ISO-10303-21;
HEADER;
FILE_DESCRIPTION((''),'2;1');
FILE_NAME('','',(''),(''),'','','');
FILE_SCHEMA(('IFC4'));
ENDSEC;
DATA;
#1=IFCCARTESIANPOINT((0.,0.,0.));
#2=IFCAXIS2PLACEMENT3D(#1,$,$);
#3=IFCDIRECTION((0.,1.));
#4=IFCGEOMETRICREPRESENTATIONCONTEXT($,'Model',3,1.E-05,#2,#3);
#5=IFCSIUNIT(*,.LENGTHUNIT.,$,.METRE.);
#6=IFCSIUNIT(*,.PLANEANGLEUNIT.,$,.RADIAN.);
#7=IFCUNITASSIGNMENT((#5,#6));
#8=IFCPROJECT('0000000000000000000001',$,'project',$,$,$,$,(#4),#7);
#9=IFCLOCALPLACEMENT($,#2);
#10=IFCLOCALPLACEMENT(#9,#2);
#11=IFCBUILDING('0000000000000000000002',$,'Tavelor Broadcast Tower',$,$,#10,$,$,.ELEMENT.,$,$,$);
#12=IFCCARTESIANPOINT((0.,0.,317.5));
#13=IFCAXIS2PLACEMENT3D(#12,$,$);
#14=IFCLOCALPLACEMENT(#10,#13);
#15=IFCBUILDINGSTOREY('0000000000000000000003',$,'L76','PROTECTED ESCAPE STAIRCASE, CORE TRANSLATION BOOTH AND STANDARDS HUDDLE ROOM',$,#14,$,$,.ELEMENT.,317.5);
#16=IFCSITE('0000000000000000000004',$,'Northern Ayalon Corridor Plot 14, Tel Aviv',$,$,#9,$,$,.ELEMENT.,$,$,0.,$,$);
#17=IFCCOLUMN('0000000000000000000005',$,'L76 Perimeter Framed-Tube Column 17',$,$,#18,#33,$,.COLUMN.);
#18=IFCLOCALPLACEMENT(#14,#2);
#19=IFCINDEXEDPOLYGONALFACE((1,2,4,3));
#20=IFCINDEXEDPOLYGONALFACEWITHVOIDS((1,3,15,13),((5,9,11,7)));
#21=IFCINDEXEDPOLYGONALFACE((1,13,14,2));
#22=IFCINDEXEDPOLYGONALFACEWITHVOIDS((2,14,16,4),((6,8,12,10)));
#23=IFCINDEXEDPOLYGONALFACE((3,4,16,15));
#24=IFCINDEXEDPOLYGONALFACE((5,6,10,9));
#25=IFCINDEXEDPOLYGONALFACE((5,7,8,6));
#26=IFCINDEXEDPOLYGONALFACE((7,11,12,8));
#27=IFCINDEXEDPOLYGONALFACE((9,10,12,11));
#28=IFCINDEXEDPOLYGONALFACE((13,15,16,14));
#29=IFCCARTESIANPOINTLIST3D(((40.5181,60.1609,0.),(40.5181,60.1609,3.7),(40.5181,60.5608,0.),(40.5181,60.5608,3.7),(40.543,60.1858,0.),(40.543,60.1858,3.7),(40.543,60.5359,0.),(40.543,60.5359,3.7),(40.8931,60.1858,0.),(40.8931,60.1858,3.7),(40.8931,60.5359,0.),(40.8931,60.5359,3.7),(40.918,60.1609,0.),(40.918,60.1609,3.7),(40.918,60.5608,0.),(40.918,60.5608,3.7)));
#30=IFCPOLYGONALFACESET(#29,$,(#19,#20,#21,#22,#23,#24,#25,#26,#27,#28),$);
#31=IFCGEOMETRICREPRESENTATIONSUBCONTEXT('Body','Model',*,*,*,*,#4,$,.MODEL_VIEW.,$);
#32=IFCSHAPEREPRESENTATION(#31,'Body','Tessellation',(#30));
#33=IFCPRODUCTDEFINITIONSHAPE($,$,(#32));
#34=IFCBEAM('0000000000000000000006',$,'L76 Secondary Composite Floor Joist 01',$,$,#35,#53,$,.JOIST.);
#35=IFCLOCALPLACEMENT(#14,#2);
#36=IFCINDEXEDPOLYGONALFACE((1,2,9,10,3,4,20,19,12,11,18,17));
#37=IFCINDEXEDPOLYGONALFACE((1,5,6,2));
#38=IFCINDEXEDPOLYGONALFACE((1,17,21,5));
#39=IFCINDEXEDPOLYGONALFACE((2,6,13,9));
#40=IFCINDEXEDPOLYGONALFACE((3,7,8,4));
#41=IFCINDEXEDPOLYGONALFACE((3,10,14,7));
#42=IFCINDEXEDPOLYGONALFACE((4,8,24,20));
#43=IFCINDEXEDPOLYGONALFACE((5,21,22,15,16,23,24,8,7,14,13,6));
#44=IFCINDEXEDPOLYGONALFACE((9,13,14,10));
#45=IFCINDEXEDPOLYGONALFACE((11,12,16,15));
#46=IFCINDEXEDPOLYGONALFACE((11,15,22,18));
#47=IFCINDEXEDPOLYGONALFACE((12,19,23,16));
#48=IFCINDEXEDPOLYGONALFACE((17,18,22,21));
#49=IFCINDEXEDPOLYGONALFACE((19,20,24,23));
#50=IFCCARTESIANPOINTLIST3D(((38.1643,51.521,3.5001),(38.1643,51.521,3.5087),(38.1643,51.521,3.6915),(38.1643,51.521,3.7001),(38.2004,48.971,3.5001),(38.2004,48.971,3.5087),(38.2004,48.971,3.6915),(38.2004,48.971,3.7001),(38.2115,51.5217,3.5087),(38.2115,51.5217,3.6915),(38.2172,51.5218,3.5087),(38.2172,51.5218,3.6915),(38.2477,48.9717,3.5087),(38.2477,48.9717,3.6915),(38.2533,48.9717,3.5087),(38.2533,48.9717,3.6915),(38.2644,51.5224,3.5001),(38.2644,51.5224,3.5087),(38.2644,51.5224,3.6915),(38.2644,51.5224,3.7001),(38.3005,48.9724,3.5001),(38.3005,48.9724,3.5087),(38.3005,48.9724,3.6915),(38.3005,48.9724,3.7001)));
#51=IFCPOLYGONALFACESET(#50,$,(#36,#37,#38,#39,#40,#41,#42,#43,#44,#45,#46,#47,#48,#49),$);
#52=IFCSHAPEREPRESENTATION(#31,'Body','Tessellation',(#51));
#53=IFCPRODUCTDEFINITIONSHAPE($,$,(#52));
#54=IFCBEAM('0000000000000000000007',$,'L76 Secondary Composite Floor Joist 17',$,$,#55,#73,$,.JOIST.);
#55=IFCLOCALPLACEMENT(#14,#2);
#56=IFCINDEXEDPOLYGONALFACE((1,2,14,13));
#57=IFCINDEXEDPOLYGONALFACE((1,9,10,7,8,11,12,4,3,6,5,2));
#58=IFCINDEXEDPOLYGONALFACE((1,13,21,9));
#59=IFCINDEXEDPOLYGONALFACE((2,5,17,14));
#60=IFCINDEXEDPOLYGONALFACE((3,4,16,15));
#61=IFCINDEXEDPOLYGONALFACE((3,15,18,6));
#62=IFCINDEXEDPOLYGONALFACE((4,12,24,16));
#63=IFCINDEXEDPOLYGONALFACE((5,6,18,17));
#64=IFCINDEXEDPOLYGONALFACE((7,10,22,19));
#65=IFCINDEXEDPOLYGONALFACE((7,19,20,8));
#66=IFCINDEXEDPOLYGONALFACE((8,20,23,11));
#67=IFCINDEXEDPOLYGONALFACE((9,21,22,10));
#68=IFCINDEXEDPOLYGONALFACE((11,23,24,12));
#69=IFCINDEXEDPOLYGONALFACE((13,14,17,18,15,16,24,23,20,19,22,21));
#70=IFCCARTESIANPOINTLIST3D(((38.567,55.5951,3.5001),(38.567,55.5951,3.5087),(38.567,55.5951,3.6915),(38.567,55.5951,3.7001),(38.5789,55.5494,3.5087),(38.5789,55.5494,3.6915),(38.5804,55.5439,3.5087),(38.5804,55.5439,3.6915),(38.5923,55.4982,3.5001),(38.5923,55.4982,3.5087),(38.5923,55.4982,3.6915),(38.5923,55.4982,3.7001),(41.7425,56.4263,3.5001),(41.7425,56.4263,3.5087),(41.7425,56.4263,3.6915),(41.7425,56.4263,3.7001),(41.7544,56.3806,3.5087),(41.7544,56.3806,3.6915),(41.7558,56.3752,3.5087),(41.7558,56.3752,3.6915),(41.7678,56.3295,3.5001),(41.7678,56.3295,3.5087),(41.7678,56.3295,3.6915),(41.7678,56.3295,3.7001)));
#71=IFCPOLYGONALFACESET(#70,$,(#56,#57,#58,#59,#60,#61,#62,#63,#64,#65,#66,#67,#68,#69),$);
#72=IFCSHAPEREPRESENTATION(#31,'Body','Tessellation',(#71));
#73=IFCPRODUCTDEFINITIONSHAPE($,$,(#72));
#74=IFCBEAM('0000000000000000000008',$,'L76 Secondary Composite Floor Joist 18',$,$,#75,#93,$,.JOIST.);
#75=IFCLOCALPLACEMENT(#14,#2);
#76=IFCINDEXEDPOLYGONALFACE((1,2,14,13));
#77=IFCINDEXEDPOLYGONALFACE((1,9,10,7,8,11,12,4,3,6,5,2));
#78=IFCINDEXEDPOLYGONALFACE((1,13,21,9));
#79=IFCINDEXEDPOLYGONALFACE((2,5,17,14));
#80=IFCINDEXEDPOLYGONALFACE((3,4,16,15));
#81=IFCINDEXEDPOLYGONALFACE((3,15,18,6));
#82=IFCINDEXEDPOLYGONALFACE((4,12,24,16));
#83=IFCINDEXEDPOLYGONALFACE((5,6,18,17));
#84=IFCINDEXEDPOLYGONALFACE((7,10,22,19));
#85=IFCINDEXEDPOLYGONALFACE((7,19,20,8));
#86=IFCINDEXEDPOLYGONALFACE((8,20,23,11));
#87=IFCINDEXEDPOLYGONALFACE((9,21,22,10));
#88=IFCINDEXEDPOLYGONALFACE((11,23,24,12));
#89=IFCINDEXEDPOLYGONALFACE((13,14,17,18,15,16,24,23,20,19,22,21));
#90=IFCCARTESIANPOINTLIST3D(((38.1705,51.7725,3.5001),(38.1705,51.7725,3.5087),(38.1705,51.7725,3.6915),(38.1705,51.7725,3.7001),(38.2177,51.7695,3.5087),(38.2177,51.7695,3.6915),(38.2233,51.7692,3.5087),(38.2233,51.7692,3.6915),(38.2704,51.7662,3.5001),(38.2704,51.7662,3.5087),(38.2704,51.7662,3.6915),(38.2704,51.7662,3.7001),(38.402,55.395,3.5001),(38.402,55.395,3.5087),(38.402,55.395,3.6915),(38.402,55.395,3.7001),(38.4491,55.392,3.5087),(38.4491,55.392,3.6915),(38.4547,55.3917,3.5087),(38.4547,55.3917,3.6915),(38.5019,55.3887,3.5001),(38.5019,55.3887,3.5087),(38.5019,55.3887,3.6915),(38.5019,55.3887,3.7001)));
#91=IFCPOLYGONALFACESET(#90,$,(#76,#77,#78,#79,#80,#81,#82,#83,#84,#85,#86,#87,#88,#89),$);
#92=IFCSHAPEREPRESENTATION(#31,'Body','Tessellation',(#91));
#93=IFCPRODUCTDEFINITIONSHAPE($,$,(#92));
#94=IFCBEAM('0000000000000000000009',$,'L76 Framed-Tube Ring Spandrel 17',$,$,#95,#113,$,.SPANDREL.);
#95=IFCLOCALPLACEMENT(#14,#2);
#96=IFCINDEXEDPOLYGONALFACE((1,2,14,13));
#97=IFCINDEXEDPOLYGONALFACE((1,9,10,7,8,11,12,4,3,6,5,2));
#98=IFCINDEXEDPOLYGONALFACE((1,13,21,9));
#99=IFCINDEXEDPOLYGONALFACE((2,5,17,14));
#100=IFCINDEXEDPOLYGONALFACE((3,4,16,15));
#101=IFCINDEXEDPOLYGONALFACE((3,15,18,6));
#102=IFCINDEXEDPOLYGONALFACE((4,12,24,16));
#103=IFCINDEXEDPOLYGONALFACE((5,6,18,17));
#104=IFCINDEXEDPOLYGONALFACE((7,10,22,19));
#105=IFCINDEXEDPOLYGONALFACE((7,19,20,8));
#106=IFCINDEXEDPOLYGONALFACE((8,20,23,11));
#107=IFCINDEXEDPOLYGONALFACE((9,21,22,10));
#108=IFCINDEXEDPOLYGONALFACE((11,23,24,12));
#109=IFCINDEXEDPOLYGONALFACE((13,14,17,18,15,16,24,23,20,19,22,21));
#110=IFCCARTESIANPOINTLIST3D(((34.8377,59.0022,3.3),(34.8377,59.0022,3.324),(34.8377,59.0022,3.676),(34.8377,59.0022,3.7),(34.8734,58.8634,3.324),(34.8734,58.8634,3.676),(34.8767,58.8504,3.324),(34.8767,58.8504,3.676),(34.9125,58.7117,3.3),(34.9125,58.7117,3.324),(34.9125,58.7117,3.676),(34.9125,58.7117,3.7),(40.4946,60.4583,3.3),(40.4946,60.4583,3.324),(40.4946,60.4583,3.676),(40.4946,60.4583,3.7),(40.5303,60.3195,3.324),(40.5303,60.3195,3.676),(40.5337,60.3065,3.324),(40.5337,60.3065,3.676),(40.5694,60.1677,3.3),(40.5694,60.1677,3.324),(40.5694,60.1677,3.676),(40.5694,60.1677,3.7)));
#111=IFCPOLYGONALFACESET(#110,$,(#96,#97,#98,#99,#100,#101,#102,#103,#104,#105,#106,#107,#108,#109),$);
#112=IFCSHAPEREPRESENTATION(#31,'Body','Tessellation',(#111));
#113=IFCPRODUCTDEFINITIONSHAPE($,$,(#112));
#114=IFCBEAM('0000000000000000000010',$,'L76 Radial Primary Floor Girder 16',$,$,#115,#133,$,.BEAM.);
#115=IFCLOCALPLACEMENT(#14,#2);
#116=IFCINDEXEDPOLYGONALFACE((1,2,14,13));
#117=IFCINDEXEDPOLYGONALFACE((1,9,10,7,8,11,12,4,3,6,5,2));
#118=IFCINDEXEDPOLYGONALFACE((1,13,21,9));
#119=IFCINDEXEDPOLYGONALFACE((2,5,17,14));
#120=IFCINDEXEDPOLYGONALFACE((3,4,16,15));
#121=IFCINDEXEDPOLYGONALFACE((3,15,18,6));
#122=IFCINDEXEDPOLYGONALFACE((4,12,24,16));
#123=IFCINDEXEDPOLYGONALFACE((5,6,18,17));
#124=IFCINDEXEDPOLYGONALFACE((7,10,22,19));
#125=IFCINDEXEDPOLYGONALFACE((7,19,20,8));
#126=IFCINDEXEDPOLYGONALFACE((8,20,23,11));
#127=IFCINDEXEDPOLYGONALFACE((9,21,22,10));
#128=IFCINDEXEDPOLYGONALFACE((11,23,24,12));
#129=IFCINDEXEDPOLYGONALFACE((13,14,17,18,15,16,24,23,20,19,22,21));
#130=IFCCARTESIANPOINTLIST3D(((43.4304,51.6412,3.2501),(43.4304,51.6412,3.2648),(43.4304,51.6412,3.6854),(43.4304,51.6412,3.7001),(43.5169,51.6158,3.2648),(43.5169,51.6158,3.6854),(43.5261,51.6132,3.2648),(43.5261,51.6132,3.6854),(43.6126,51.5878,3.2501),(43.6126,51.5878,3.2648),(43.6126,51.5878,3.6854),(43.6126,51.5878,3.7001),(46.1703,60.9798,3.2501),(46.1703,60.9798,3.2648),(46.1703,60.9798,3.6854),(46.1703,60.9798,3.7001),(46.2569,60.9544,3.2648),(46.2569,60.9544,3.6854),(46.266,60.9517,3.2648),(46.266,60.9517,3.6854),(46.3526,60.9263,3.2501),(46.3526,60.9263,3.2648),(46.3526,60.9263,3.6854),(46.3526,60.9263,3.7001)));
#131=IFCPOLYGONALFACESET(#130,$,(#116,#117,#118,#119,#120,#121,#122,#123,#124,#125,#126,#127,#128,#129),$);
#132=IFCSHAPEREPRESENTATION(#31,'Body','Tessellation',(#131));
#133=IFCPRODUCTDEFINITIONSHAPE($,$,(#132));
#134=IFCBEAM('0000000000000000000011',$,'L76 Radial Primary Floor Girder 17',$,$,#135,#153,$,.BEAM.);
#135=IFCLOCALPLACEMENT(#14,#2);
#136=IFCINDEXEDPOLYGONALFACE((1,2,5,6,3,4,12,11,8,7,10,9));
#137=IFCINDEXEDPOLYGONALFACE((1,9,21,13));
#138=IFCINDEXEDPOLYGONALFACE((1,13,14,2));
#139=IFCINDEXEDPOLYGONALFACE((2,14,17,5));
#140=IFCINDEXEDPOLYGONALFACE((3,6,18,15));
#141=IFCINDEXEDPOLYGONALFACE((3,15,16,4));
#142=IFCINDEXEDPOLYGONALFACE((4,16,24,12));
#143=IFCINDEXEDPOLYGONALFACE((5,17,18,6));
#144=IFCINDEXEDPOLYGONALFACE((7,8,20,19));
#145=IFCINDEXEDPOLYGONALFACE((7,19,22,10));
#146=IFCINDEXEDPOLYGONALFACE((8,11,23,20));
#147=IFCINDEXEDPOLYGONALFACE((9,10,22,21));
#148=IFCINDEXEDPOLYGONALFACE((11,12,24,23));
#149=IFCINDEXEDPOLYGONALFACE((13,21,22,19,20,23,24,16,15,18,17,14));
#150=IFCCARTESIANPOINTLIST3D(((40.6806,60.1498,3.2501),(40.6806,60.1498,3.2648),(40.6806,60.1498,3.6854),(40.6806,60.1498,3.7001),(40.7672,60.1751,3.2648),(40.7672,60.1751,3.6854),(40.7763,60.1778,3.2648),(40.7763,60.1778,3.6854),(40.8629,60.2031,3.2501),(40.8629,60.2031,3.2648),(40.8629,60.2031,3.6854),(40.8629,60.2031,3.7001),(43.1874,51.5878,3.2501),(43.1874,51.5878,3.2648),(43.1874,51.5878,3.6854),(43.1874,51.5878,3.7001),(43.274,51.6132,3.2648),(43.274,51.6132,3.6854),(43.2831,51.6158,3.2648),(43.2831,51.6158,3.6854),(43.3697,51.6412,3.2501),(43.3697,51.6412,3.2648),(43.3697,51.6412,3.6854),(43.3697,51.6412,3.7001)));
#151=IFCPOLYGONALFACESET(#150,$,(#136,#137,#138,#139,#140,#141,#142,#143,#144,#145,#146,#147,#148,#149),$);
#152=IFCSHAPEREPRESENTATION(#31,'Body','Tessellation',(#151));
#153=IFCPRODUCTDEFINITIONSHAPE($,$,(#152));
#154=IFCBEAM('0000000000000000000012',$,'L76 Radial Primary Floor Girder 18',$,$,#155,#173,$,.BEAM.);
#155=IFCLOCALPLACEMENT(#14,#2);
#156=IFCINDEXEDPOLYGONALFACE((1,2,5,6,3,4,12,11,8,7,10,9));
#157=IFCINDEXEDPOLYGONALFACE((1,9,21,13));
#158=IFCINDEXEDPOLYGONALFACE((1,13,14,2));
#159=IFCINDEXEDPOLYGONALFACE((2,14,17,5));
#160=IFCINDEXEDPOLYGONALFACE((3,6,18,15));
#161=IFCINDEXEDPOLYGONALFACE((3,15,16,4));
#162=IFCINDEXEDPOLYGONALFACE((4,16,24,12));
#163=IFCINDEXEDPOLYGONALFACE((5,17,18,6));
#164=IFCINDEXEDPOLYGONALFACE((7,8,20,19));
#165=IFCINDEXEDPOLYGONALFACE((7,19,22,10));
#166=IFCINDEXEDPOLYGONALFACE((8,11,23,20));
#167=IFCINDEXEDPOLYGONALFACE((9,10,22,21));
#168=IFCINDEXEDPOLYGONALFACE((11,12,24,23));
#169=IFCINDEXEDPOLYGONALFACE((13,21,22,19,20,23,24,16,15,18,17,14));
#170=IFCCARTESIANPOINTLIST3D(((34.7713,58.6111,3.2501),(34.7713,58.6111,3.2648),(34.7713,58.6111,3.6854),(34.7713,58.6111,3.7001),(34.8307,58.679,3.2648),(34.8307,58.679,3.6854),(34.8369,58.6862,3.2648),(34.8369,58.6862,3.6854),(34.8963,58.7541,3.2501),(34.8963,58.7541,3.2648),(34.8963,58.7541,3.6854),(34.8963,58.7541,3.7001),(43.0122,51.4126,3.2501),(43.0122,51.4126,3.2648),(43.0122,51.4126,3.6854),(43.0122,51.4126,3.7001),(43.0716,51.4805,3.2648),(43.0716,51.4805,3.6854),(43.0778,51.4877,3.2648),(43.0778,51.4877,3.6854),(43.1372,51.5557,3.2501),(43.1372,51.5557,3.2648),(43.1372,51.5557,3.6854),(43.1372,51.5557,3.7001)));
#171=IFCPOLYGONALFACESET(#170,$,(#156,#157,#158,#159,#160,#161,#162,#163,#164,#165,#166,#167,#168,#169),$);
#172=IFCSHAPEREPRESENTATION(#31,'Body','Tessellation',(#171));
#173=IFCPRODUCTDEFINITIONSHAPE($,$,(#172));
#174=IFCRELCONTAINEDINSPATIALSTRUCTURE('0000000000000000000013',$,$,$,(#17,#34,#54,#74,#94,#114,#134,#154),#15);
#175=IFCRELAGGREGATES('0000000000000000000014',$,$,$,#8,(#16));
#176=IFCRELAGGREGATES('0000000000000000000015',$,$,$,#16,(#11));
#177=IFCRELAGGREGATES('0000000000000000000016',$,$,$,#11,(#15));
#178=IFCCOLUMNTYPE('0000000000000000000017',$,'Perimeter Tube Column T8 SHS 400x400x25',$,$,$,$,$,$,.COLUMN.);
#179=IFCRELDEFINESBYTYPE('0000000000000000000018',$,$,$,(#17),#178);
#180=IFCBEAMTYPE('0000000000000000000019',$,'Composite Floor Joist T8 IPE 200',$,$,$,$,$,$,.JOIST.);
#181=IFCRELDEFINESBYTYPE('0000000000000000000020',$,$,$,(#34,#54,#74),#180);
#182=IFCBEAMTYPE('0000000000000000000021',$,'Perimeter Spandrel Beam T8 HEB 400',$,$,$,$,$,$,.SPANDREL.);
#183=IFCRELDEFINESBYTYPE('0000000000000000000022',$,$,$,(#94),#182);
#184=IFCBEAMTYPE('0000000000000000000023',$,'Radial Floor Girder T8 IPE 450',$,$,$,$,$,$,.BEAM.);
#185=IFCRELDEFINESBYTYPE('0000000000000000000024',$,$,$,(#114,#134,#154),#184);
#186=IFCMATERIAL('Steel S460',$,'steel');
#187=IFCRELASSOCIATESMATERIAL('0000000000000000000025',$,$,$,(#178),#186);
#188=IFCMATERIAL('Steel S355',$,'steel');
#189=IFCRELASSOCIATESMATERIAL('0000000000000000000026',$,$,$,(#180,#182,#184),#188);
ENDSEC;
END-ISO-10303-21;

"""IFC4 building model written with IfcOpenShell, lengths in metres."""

from ifc_helpers import new_model, si_unit, direction, frame, origin, origin_2d, place, context, subcontext, project, spatial, hollow_rectangle, i_section, extrude, material, material_profile, profile_set, type_object, element, save


model = new_model("IFC4")

# Units and contexts
model_context = context("Model", 3, precision=1e-05, world=origin(), true_north=direction((0.0, 1.0)))
body_context = subcontext(model_context, "Body", "Model", "MODEL_VIEW")
ifc_project = project(units=[si_unit("LENGTHUNIT", "METRE"), si_unit("PLANEANGLEUNIT", "RADIAN")], contexts=[model_context])

# Site, building, storey
site_placement = place(None, origin())
site = spatial("IfcSite", under=ifc_project, at=site_placement, Name="Northern Ayalon Corridor Plot 14, Tel Aviv", CompositionType="ELEMENT", RefElevation=0.0)
building_placement = place(site_placement, origin())
building = spatial("IfcBuilding", under=site, at=building_placement, Name="Tavelor Broadcast Tower", CompositionType="ELEMENT")
storey_placement = place(building_placement, frame((0.0, 0.0, 317.5)))
storey = spatial("IfcBuildingStorey", under=building, at=storey_placement, Name="L76", Description="PROTECTED ESCAPE STAIRCASE, CORE TRANSLATION BOOTH AND STANDARDS HUDDLE ROOM", CompositionType="ELEMENT", Elevation=317.5)

# Column
ifc_material_1 = material(Name="Steel S460", Category="steel")
ifc_material_profile_1 = material_profile(ifc_material_1, hollow_rectangle(XDim=0.3999, YDim=0.3999, WallThickness=0.0249, at=origin_2d()), Name="SHS 400x400x25")
ifc_profile_set_1 = profile_set([ifc_material_profile_1], Name="Steel S460")
column_type = type_object("IfcColumnType", Name="Perimeter Tube Column T8 SHS 400x400x25", PredefinedType="COLUMN", material=ifc_profile_set_1)
column_placement = place(storey_placement, frame((40.718, 60.3608, 0.0), z_axis=(0.0, 0.0, 1.0), x_axis=(1.0, 0.0, 0.0)))
element("IfcColumn", 1, at=column_placement, inside=storey, type_object=column_type, Name="L76 Perimeter Framed-Tube Column 17", PredefinedType="COLUMN", context=body_context, shape_type="SweptSolid", body=[
    extrude(hollow_rectangle(XDim=0.3999, YDim=0.3999, WallThickness=0.0249, at=origin_2d()), origin(), (0.0, 0.0, 1.0), 3.7),
])

# Beams
ifc_material_2 = material(Name="Steel S355", Category="steel")
ifc_material_profile_2 = material_profile(ifc_material_2, i_section(OverallWidth=0.1001, OverallDepth=0.2, WebThickness=0.0056, FlangeThickness=0.0085, at=origin_2d()), Name="IPE 200")
ifc_profile_set_2 = profile_set([ifc_material_profile_2], Name="Steel S355")
beam_type_1 = type_object("IfcBeamType", Name="Composite Floor Joist T8 IPE 200", PredefinedType="JOIST", material=ifc_profile_set_2)
beam_1_placement = place(storey_placement, frame((38.2144, 51.5217, 3.6001), z_axis=(0.014168, -0.9999, 0.0), x_axis=(0.9999, 0.014168, 0.0)))
element("IfcBeam", 2, at=beam_1_placement, inside=storey, type_object=beam_type_1, Name="L76 Secondary Composite Floor Joist 01", PredefinedType="JOIST", context=body_context, shape_type="SweptSolid", body=[
    extrude(i_section(OverallWidth=0.1001, OverallDepth=0.2, WebThickness=0.0056, FlangeThickness=0.0085, at=origin_2d()), origin(), (0.0, 0.0, 1.0), 2.5503),
])
beam_2_placement = place(storey_placement, frame((41.7551, 56.3779, 3.6001), z_axis=(-0.967401, -0.253248, 0.0), x_axis=(0.253248, -0.967401, 0.0)))
element("IfcBeam", 3, at=beam_2_placement, inside=storey, type_object=beam_type_1, Name="L76 Secondary Composite Floor Joist 17", PredefinedType="JOIST", context=body_context, shape_type="SweptSolid", body=[
    extrude(i_section(OverallWidth=0.1001, OverallDepth=0.2, WebThickness=0.0056, FlangeThickness=0.0085, at=origin_2d()), origin(), (0.0, 0.0, 1.0), 3.2825),
])
beam_3_placement = place(storey_placement, frame((38.4519, 55.3918, 3.6001), z_axis=(-0.06376, -0.997965, 0.0), x_axis=(0.997965, -0.06376, 0.0)))
element("IfcBeam", 4, at=beam_3_placement, inside=storey, type_object=beam_type_1, Name="L76 Secondary Composite Floor Joist 18", PredefinedType="JOIST", context=body_context, shape_type="SweptSolid", body=[
    extrude(i_section(OverallWidth=0.1001, OverallDepth=0.2, WebThickness=0.0056, FlangeThickness=0.0085, at=origin_2d()), origin(), (0.0, 0.0, 1.0), 3.6299),
])
ifc_material_profile_3 = material_profile(ifc_material_2, i_section(OverallWidth=0.3, OverallDepth=0.3999, WebThickness=0.0134, FlangeThickness=0.0239, at=origin_2d()), Name="HEB 400")
ifc_profile_set_3 = profile_set([ifc_material_profile_3], Name="Steel S355")
beam_type_2 = type_object("IfcBeamType", Name="Perimeter Spandrel Beam T8 HEB 400", PredefinedType="SPANDREL", material=ifc_profile_set_3)
beam_4_placement = place(storey_placement, frame((40.532, 60.313, 3.5), z_axis=(-0.968435, -0.249266, 0.0), x_axis=(0.249266, -0.968435, 0.0)))
element("IfcBeam", 5, at=beam_4_placement, inside=storey, type_object=beam_type_2, Name="L76 Framed-Tube Ring Spandrel 17", PredefinedType="SPANDREL", context=body_context, shape_type="SweptSolid", body=[
    extrude(i_section(OverallWidth=0.3, OverallDepth=0.3999, WebThickness=0.0134, FlangeThickness=0.0239, at=origin_2d()), origin(), (0.0, 0.0, 1.0), 5.8413),
])
ifc_material_profile_4 = material_profile(ifc_material_2, i_section(OverallWidth=0.1899, OverallDepth=0.45, WebThickness=0.0095, FlangeThickness=0.0146, at=origin_2d()), Name="IPE 450")
ifc_profile_set_4 = profile_set([ifc_material_profile_4], Name="Steel S355")
beam_type_3 = type_object("IfcBeamType", Name="Radial Floor Girder T8 IPE 450", PredefinedType="BEAM", material=ifc_profile_set_4)
beam_5_placement = place(storey_placement, frame((43.5215, 51.6145, 3.4751), z_axis=(0.281536, 0.959551, 0.0), x_axis=(-0.959551, 0.281536, 0.0)))
element("IfcBeam", 6, at=beam_5_placement, inside=storey, type_object=beam_type_3, Name="L76 Radial Primary Floor Girder 16", PredefinedType="BEAM", context=body_context, shape_type="SweptSolid", body=[
    extrude(i_section(OverallWidth=0.1899, OverallDepth=0.45, WebThickness=0.0095, FlangeThickness=0.0146, at=origin_2d()), origin(), (0.0, 0.0, 1.0), 9.7322),
])
beam_6_placement = place(storey_placement, frame((43.2786, 51.6145, 3.4751), z_axis=(-0.28099, 0.959711, 0.0), x_axis=(-0.959711, -0.28099, 0.0)))
element("IfcBeam", 7, at=beam_6_placement, inside=storey, type_object=beam_type_3, Name="L76 Radial Primary Floor Girder 17", PredefinedType="BEAM", context=body_context, shape_type="SweptSolid", body=[
    extrude(i_section(OverallWidth=0.1899, OverallDepth=0.45, WebThickness=0.0095, FlangeThickness=0.0146, at=origin_2d()), origin(), (0.0, 0.0, 1.0), 8.9214),
])
beam_7_placement = place(storey_placement, frame((43.0747, 51.4841, 3.4751), z_axis=(-0.753136, 0.657865, 0.0), x_axis=(-0.657865, -0.753136, 0.0)))
element("IfcBeam", 8, at=beam_7_placement, inside=storey, type_object=beam_type_3, Name="L76 Radial Primary Floor Girder 18", PredefinedType="BEAM", context=body_context, shape_type="SweptSolid", body=[
    extrude(i_section(OverallWidth=0.1899, OverallDepth=0.45, WebThickness=0.0095, FlangeThickness=0.0146, at=origin_2d()), origin(), (0.0, 0.0, 1.0), 10.9421),
])

save(model, "model.ifc")
